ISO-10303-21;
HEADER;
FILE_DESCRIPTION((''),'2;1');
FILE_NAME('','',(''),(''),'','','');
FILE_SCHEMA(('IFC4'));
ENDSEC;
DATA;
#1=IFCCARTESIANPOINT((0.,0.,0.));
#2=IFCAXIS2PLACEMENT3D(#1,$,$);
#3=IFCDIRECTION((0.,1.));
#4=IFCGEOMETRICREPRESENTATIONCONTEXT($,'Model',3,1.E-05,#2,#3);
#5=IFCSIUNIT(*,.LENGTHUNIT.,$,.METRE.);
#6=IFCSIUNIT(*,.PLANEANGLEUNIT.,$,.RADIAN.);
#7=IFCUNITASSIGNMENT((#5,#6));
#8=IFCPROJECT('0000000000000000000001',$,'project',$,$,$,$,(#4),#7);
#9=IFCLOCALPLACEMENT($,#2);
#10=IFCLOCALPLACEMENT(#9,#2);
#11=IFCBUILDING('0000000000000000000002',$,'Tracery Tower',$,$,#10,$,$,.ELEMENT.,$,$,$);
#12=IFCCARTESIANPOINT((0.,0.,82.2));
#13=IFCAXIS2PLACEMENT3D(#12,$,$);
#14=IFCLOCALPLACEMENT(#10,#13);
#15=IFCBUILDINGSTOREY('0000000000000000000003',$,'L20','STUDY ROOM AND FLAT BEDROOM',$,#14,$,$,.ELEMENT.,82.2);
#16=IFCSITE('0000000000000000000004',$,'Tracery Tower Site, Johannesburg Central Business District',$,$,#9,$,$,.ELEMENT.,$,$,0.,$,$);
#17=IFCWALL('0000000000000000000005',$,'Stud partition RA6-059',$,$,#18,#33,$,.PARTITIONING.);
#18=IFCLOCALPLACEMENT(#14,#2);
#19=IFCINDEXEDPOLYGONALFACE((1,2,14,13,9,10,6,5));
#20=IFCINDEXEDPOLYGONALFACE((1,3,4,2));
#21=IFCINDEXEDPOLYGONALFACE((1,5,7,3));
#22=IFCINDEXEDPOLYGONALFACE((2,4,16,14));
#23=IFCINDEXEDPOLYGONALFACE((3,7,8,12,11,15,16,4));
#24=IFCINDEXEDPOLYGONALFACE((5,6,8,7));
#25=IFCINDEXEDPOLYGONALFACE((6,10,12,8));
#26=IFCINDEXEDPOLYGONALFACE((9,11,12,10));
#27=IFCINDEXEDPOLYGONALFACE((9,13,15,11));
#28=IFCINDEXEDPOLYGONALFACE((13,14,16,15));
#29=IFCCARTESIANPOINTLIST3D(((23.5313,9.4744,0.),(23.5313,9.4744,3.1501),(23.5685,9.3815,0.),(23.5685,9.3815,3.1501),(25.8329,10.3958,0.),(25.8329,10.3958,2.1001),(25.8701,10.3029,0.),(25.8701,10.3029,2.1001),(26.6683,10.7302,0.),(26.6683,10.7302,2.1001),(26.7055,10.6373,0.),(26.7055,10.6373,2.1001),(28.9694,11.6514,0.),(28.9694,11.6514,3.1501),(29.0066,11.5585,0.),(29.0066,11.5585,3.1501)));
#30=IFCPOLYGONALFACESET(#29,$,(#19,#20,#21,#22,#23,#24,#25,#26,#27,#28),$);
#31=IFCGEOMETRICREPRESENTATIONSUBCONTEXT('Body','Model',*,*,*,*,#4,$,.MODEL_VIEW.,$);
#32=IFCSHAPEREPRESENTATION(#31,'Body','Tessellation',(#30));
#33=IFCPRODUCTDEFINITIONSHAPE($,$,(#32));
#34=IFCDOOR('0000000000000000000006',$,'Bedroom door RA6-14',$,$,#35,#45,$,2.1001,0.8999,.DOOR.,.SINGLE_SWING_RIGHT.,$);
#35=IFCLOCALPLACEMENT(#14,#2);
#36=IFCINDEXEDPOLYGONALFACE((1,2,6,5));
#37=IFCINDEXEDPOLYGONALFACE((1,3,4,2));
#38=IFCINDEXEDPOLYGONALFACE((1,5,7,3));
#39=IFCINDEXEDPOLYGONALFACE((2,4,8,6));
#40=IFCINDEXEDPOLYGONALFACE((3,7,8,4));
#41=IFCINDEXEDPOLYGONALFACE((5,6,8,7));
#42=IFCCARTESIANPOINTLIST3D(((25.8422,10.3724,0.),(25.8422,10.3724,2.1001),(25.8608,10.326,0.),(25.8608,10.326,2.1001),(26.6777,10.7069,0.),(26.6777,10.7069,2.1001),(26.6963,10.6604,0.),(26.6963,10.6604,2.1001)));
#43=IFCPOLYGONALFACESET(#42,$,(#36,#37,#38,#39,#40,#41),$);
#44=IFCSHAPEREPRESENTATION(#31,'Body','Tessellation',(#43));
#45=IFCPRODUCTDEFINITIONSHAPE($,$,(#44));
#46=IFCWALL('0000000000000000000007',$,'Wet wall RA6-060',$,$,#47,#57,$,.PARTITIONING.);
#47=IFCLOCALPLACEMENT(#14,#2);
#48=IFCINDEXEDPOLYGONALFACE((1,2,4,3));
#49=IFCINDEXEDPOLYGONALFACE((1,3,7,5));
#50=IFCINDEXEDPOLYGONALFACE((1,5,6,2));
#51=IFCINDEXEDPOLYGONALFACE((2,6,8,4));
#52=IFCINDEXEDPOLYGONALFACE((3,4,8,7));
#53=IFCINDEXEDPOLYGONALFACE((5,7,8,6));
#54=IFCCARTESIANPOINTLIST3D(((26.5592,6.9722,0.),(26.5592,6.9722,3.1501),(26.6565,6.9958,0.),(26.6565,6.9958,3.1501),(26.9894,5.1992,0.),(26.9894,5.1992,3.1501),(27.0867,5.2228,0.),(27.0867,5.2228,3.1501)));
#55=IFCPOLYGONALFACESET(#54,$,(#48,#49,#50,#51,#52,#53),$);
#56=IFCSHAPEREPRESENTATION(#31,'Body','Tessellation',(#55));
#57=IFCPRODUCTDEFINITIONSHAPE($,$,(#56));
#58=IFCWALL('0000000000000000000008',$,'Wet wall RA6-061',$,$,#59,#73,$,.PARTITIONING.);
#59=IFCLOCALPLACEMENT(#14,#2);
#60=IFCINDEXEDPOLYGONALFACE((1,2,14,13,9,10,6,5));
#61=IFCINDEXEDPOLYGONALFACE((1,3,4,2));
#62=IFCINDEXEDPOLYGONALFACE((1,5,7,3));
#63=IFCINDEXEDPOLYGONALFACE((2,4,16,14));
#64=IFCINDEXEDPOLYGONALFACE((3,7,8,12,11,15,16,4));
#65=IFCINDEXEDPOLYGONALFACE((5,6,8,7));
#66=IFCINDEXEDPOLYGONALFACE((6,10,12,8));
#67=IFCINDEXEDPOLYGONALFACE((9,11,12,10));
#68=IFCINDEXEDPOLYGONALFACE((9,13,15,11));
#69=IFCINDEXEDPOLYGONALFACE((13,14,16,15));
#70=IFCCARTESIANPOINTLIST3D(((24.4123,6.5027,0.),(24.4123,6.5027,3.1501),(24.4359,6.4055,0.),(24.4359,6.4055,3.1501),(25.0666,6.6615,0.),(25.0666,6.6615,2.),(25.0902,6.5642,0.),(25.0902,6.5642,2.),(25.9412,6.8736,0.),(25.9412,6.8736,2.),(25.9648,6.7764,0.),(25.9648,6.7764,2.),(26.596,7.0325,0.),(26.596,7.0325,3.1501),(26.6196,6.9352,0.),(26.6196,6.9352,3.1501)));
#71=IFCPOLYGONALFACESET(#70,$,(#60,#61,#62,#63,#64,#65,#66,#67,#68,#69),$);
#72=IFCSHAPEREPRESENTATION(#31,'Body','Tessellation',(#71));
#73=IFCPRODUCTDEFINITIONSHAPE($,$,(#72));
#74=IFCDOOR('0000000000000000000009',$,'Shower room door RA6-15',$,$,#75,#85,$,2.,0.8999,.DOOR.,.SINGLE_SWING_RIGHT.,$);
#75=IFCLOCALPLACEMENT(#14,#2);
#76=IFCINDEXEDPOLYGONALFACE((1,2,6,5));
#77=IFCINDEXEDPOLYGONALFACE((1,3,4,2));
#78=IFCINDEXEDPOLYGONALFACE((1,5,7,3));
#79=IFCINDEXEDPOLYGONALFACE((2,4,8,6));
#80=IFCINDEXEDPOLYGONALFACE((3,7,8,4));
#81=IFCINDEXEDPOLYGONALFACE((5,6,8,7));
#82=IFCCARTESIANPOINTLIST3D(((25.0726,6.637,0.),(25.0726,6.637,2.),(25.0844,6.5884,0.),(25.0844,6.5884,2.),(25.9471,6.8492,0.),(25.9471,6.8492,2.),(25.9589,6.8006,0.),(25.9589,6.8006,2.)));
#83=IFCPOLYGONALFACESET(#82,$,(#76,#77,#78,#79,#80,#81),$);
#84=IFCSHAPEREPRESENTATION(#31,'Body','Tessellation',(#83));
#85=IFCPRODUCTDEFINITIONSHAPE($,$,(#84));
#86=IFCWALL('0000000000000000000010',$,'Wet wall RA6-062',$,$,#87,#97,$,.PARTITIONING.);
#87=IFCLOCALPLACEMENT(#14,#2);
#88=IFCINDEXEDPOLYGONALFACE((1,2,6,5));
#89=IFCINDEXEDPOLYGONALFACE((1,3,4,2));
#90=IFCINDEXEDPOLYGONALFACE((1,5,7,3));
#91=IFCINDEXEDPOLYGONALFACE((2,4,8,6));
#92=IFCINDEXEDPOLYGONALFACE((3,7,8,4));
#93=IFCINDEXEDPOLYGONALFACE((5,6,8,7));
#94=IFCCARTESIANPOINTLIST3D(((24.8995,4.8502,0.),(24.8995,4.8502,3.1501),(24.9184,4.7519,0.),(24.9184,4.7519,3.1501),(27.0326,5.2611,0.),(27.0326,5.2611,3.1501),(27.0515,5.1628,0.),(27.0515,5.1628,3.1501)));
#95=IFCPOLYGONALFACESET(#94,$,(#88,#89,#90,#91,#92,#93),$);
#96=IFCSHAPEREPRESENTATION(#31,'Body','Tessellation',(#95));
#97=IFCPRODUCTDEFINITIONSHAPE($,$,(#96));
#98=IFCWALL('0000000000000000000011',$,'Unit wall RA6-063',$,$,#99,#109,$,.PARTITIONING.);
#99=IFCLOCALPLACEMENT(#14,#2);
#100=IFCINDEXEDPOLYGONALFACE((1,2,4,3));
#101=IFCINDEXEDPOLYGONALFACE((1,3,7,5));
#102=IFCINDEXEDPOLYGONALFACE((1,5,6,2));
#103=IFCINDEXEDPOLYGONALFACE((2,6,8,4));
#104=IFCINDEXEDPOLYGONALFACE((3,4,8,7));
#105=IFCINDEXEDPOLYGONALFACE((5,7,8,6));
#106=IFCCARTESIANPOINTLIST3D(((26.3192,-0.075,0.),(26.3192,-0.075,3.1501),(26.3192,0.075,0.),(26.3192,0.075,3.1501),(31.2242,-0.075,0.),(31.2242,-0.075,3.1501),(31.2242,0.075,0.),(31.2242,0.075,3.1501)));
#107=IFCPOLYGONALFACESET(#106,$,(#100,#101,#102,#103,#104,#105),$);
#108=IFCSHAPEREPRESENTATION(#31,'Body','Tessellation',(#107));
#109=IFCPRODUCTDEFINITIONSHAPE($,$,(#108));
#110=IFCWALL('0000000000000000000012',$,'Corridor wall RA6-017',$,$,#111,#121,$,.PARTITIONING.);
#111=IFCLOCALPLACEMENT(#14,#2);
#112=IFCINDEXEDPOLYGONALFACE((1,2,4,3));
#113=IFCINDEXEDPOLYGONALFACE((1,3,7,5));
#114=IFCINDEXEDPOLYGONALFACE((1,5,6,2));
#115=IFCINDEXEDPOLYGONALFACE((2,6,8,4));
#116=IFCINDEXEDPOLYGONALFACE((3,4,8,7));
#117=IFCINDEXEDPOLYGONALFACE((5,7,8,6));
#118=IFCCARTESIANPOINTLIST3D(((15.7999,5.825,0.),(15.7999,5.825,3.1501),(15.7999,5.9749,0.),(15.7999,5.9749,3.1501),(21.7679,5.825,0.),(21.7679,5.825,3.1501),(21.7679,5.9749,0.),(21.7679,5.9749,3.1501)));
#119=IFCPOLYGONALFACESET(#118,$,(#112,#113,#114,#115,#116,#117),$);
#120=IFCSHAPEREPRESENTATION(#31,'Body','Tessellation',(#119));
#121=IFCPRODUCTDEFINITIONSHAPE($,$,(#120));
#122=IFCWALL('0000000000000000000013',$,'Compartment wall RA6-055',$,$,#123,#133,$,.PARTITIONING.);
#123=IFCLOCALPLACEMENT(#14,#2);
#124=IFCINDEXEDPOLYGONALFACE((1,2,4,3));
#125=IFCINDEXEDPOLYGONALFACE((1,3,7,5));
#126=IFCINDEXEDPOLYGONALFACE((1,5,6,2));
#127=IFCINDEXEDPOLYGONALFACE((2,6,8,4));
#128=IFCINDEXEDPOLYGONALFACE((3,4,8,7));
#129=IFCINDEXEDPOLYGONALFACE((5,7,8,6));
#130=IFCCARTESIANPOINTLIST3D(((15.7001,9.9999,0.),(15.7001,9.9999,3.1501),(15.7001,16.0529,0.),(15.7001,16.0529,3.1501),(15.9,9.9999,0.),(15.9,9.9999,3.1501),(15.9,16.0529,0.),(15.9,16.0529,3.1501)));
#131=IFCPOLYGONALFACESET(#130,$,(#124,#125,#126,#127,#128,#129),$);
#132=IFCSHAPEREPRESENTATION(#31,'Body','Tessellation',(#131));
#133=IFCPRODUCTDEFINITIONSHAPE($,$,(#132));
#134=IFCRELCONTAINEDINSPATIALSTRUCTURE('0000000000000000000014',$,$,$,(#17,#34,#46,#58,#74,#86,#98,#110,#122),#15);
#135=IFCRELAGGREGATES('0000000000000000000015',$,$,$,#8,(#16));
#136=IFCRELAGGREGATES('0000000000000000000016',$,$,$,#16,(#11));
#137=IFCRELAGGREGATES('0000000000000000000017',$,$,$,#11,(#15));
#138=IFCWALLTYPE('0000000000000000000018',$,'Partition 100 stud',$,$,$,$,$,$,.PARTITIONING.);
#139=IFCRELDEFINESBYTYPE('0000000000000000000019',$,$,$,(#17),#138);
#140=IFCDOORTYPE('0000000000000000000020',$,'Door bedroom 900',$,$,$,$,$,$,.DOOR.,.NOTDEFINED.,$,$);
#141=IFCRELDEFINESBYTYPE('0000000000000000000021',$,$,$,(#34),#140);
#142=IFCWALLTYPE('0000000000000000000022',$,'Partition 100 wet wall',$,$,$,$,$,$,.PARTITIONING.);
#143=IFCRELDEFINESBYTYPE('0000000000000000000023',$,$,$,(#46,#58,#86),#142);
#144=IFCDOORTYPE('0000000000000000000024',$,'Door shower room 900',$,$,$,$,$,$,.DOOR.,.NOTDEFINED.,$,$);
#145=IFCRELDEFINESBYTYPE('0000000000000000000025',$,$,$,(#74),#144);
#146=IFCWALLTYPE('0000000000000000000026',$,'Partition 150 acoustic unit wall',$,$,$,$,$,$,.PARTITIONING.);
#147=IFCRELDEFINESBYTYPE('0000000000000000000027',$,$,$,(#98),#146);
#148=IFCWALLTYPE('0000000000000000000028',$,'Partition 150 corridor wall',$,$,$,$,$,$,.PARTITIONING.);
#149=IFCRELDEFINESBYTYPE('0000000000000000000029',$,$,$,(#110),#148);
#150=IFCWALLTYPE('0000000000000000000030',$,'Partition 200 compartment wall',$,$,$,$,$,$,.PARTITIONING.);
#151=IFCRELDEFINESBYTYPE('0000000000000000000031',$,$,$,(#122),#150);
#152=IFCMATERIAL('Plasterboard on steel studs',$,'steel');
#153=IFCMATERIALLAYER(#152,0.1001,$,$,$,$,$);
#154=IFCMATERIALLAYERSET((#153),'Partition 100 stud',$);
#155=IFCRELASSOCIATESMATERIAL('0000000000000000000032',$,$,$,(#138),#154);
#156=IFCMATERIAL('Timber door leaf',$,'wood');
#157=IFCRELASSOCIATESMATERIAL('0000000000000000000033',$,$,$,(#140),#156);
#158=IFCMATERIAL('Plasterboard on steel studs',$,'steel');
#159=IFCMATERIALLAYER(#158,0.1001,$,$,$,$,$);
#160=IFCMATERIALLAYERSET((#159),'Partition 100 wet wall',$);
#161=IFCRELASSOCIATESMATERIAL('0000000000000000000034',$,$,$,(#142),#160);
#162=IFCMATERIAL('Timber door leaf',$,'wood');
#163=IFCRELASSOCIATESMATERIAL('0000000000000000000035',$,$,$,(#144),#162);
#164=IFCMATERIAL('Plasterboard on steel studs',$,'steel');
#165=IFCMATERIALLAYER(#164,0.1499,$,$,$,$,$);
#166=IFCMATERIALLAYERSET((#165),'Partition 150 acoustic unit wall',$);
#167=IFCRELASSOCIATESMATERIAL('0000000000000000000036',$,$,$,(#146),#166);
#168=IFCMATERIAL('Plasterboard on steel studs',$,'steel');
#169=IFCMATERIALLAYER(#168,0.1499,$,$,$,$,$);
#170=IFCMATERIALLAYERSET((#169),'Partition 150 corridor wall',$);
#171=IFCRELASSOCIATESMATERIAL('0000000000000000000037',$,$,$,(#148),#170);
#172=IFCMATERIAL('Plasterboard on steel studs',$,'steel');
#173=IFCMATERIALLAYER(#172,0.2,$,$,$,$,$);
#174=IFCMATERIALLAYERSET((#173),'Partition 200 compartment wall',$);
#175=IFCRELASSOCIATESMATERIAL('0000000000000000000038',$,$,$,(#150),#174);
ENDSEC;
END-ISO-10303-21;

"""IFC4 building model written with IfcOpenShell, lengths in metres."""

from ifc_helpers import new_model, si_unit, direction, frame, frame_2d, origin, place, context, subcontext, project, spatial, rectangle, extrude, material, layer, layer_set, type_object, element, fill, save


model = new_model("IFC4")

# Units and contexts
model_context = context("Model", 3, precision=1e-05, world=origin(), true_north=direction((0.0, 1.0)))
body_context = subcontext(model_context, "Body", "Model", "MODEL_VIEW")
ifc_project = project(units=[si_unit("LENGTHUNIT", "METRE"), si_unit("PLANEANGLEUNIT", "RADIAN")], contexts=[model_context])

# Site, building, storey
site_placement = place(None, origin())
site = spatial("IfcSite", under=ifc_project, at=site_placement, Name="Tracery Tower Site, Johannesburg Central Business District", CompositionType="ELEMENT", RefElevation=0.0)
building_placement = place(site_placement, origin())
building = spatial("IfcBuilding", under=site, at=building_placement, Name="Tracery Tower", CompositionType="ELEMENT")
storey_placement = place(building_placement, frame((0.0, 0.0, 82.2)))
storey = spatial("IfcBuildingStorey", under=building, at=storey_placement, Name="L20", Description="STUDY ROOM AND FLAT BEDROOM", CompositionType="ELEMENT", Elevation=82.2)

# Wall, opening, door
ifc_material_1 = material(Name="Plasterboard on steel studs", Category="steel")
ifc_layer_1 = layer(ifc_material_1, 0.1001)
ifc_layer_set_1 = layer_set([ifc_layer_1], Name="Partition 100 stud")
wall_type_1 = type_object("IfcWallType", Name="Partition 100 stud", PredefinedType="PARTITIONING", material=ifc_layer_set_1)
ifc_material_2 = material(Name="Timber door leaf", Category="wood")
door_type_1 = type_object("IfcDoorType", Name="Door bedroom 900", OperationType="NOTDEFINED", PredefinedType="DOOR", material=ifc_material_2)
wall_1_placement = place(storey_placement, frame((23.55, 9.428, 0.0), z_axis=(0.0, 0.0, 1.0), x_axis=(0.92837, 0.371657, 0.0)))
wall_1 = element("IfcWall", 1, at=wall_1_placement, inside=storey, type_object=wall_type_1, Name="Stud partition RA6-059", PredefinedType="PARTITIONING", context=body_context, shape_type="SweptSolid", body=[
    extrude(rectangle(XDim=5.8577, YDim=0.1001, at=frame_2d((2.9287, 0.0))), origin(), (0.0, 0.0, 1.0), 3.1501),
])
opening_1_placement = place(wall_1_placement, frame((2.479, 0.0, 0.0)))
opening_1 = element("IfcOpeningElement", 2, at=opening_1_placement, cuts=wall_1, PredefinedType="OPENING", context=body_context, shape_type="SweptSolid", body=[
    extrude(rectangle(XDim=0.8999, YDim=2.1001, at=frame_2d((0.45, 1.05))), frame((0.0, 0.05, 0.0), z_axis=(0.0, -1.0, 0.0), x_axis=(1.0, 0.0, 0.0)), (0.0, 0.0, 1.0), 0.1001),
])
door_1_placement = place(opening_1_placement, origin())
door_1 = element("IfcDoor", 3, at=door_1_placement, inside=storey, type_object=door_type_1, Name="Bedroom door RA6-14", OperationType="SINGLE_SWING_RIGHT", OverallHeight=2.1001, OverallWidth=0.8999, PredefinedType="DOOR", context=body_context, shape_type="SweptSolid", body=[
    extrude(rectangle(XDim=0.8999, YDim=2.1001, at=frame_2d((0.45, 1.05))), frame((0.0, 0.0249, 0.0), z_axis=(0.0, -1.0, 0.0), x_axis=(1.0, 0.0, 0.0)), (0.0, 0.0, 1.0), 0.05),
])
fill(opening_1, door_1)

# Wall
ifc_material_3 = material(Name="Plasterboard on steel studs", Category="steel")
ifc_layer_2 = layer(ifc_material_3, 0.1001)
ifc_layer_set_2 = layer_set([ifc_layer_2], Name="Partition 100 wet wall")
wall_type_2 = type_object("IfcWallType", Name="Partition 100 wet wall", PredefinedType="PARTITIONING", material=ifc_layer_set_2)
wall_2_placement = place(storey_placement, frame((26.6079, 6.9839, 0.0), z_axis=(0.0, 0.0, 1.0), x_axis=(0.235792, -0.971804, 0.0)))
element("IfcWall", 4, at=wall_2_placement, inside=storey, type_object=wall_type_2, Name="Wet wall RA6-060", PredefinedType="PARTITIONING", context=body_context, shape_type="SweptSolid", body=[
    extrude(rectangle(XDim=1.8245, YDim=0.1001, at=frame_2d((0.9121, 0.0))), origin(), (0.0, 0.0, 1.0), 3.1501),
])

# Wall, opening, door
wall_3_placement = place(storey_placement, frame((24.4241, 6.4541, 0.0), z_axis=(0.0, 0.0, 1.0), x_axis=(0.971812, 0.235755, 0.0)))
wall_3 = element("IfcWall", 5, at=wall_3_placement, inside=storey, type_object=wall_type_2, Name="Wet wall RA6-061", PredefinedType="PARTITIONING", context=body_context, shape_type="SweptSolid", body=[
    extrude(rectangle(XDim=2.2471, YDim=0.1001, at=frame_2d((1.1235, 0.0))), origin(), (0.0, 0.0, 1.0), 3.1501),
])
opening_2_placement = place(wall_3_placement, frame((0.6733, 0.0, 0.0)))
opening_2 = element("IfcOpeningElement", 6, at=opening_2_placement, cuts=wall_3, PredefinedType="OPENING", context=body_context, shape_type="SweptSolid", body=[
    extrude(rectangle(XDim=0.8999, YDim=2.0, at=frame_2d((0.45, 1.0))), frame((0.0, 0.05, 0.0), z_axis=(0.0, -1.0, 0.0), x_axis=(1.0, 0.0, 0.0)), (0.0, 0.0, 1.0), 0.1001),
])
ifc_material_4 = material(Name="Timber door leaf", Category="wood")
door_type_2 = type_object("IfcDoorType", Name="Door shower room 900", OperationType="NOTDEFINED", PredefinedType="DOOR", material=ifc_material_4)
door_2_placement = place(opening_2_placement, origin())
door_2 = element("IfcDoor", 7, at=door_2_placement, inside=storey, type_object=door_type_2, Name="Shower room door RA6-15", OperationType="SINGLE_SWING_RIGHT", OverallHeight=2.0, OverallWidth=0.8999, PredefinedType="DOOR", context=body_context, shape_type="SweptSolid", body=[
    extrude(rectangle(XDim=0.8999, YDim=2.0, at=frame_2d((0.45, 1.0))), frame((0.0, 0.0249, 0.0), z_axis=(0.0, -1.0, 0.0), x_axis=(1.0, 0.0, 0.0)), (0.0, 0.0, 1.0), 0.05),
])
fill(opening_2, door_2)

# Walls
wall_4_placement = place(storey_placement, frame((24.9089, 4.801, 0.0), z_axis=(0.0, 0.0, 1.0), x_axis=(0.981948, 0.189152, 0.0)))
element("IfcWall", 8, at=wall_4_placement, inside=storey, type_object=wall_type_2, Name="Wet wall RA6-062", PredefinedType="PARTITIONING", context=body_context, shape_type="SweptSolid", body=[
    extrude(rectangle(XDim=2.1724, YDim=0.1001, at=frame_2d((1.0862, 0.0))), origin(), (0.0, 0.0, 1.0), 3.1501),
])
ifc_material_5 = material(Name="Plasterboard on steel studs", Category="steel")
ifc_layer_3 = layer(ifc_material_5, 0.1499)
ifc_layer_set_3 = layer_set([ifc_layer_3], Name="Partition 150 acoustic unit wall")
wall_type_3 = type_object("IfcWallType", Name="Partition 150 acoustic unit wall", PredefinedType="PARTITIONING", material=ifc_layer_set_3)
wall_5_placement = place(storey_placement, frame((26.3191, 0.0, 0.0), z_axis=(0.0, 0.0, 1.0), x_axis=(1.0, 0.0, 0.0)))
element("IfcWall", 9, at=wall_5_placement, inside=storey, type_object=wall_type_3, Name="Unit wall RA6-063", PredefinedType="PARTITIONING", context=body_context, shape_type="SweptSolid", body=[
    extrude(rectangle(XDim=4.905, YDim=0.1499, at=frame_2d((2.4526, 0.0))), origin(), (0.0, 0.0, 1.0), 3.1501),
])
ifc_material_6 = material(Name="Plasterboard on steel studs", Category="steel")
ifc_layer_4 = layer(ifc_material_6, 0.1499)
ifc_layer_set_4 = layer_set([ifc_layer_4], Name="Partition 150 corridor wall")
wall_type_4 = type_object("IfcWallType", Name="Partition 150 corridor wall", PredefinedType="PARTITIONING", material=ifc_layer_set_4)
wall_6_placement = place(storey_placement, frame((15.8, 5.8999, 0.0), z_axis=(0.0, 0.0, 1.0), x_axis=(1.0, 0.0, 0.0)))
element("IfcWall", 10, at=wall_6_placement, inside=storey, type_object=wall_type_4, Name="Corridor wall RA6-017", PredefinedType="PARTITIONING", context=body_context, shape_type="SweptSolid", body=[
    extrude(rectangle(XDim=5.968, YDim=0.1499, at=frame_2d((2.9839, 0.0))), origin(), (0.0, 0.0, 1.0), 3.1501),
])
ifc_material_7 = material(Name="Plasterboard on steel studs", Category="steel")
ifc_layer_5 = layer(ifc_material_7, 0.2)
ifc_layer_set_5 = layer_set([ifc_layer_5], Name="Partition 200 compartment wall")
wall_type_5 = type_object("IfcWallType", Name="Partition 200 compartment wall", PredefinedType="PARTITIONING", material=ifc_layer_set_5)
wall_7_placement = place(storey_placement, frame((15.8, 10.0, 0.0), z_axis=(0.0, 0.0, 1.0), x_axis=(0.0, 1.0, 0.0)))
element("IfcWall", 11, at=wall_7_placement, inside=storey, type_object=wall_type_5, Name="Compartment wall RA6-055", PredefinedType="PARTITIONING", context=body_context, shape_type="SweptSolid", body=[
    extrude(rectangle(XDim=6.053, YDim=0.2, at=frame_2d((3.0264, 0.0))), origin(), (0.0, 0.0, 1.0), 3.1501),
])

save(model, "model.ifc")
